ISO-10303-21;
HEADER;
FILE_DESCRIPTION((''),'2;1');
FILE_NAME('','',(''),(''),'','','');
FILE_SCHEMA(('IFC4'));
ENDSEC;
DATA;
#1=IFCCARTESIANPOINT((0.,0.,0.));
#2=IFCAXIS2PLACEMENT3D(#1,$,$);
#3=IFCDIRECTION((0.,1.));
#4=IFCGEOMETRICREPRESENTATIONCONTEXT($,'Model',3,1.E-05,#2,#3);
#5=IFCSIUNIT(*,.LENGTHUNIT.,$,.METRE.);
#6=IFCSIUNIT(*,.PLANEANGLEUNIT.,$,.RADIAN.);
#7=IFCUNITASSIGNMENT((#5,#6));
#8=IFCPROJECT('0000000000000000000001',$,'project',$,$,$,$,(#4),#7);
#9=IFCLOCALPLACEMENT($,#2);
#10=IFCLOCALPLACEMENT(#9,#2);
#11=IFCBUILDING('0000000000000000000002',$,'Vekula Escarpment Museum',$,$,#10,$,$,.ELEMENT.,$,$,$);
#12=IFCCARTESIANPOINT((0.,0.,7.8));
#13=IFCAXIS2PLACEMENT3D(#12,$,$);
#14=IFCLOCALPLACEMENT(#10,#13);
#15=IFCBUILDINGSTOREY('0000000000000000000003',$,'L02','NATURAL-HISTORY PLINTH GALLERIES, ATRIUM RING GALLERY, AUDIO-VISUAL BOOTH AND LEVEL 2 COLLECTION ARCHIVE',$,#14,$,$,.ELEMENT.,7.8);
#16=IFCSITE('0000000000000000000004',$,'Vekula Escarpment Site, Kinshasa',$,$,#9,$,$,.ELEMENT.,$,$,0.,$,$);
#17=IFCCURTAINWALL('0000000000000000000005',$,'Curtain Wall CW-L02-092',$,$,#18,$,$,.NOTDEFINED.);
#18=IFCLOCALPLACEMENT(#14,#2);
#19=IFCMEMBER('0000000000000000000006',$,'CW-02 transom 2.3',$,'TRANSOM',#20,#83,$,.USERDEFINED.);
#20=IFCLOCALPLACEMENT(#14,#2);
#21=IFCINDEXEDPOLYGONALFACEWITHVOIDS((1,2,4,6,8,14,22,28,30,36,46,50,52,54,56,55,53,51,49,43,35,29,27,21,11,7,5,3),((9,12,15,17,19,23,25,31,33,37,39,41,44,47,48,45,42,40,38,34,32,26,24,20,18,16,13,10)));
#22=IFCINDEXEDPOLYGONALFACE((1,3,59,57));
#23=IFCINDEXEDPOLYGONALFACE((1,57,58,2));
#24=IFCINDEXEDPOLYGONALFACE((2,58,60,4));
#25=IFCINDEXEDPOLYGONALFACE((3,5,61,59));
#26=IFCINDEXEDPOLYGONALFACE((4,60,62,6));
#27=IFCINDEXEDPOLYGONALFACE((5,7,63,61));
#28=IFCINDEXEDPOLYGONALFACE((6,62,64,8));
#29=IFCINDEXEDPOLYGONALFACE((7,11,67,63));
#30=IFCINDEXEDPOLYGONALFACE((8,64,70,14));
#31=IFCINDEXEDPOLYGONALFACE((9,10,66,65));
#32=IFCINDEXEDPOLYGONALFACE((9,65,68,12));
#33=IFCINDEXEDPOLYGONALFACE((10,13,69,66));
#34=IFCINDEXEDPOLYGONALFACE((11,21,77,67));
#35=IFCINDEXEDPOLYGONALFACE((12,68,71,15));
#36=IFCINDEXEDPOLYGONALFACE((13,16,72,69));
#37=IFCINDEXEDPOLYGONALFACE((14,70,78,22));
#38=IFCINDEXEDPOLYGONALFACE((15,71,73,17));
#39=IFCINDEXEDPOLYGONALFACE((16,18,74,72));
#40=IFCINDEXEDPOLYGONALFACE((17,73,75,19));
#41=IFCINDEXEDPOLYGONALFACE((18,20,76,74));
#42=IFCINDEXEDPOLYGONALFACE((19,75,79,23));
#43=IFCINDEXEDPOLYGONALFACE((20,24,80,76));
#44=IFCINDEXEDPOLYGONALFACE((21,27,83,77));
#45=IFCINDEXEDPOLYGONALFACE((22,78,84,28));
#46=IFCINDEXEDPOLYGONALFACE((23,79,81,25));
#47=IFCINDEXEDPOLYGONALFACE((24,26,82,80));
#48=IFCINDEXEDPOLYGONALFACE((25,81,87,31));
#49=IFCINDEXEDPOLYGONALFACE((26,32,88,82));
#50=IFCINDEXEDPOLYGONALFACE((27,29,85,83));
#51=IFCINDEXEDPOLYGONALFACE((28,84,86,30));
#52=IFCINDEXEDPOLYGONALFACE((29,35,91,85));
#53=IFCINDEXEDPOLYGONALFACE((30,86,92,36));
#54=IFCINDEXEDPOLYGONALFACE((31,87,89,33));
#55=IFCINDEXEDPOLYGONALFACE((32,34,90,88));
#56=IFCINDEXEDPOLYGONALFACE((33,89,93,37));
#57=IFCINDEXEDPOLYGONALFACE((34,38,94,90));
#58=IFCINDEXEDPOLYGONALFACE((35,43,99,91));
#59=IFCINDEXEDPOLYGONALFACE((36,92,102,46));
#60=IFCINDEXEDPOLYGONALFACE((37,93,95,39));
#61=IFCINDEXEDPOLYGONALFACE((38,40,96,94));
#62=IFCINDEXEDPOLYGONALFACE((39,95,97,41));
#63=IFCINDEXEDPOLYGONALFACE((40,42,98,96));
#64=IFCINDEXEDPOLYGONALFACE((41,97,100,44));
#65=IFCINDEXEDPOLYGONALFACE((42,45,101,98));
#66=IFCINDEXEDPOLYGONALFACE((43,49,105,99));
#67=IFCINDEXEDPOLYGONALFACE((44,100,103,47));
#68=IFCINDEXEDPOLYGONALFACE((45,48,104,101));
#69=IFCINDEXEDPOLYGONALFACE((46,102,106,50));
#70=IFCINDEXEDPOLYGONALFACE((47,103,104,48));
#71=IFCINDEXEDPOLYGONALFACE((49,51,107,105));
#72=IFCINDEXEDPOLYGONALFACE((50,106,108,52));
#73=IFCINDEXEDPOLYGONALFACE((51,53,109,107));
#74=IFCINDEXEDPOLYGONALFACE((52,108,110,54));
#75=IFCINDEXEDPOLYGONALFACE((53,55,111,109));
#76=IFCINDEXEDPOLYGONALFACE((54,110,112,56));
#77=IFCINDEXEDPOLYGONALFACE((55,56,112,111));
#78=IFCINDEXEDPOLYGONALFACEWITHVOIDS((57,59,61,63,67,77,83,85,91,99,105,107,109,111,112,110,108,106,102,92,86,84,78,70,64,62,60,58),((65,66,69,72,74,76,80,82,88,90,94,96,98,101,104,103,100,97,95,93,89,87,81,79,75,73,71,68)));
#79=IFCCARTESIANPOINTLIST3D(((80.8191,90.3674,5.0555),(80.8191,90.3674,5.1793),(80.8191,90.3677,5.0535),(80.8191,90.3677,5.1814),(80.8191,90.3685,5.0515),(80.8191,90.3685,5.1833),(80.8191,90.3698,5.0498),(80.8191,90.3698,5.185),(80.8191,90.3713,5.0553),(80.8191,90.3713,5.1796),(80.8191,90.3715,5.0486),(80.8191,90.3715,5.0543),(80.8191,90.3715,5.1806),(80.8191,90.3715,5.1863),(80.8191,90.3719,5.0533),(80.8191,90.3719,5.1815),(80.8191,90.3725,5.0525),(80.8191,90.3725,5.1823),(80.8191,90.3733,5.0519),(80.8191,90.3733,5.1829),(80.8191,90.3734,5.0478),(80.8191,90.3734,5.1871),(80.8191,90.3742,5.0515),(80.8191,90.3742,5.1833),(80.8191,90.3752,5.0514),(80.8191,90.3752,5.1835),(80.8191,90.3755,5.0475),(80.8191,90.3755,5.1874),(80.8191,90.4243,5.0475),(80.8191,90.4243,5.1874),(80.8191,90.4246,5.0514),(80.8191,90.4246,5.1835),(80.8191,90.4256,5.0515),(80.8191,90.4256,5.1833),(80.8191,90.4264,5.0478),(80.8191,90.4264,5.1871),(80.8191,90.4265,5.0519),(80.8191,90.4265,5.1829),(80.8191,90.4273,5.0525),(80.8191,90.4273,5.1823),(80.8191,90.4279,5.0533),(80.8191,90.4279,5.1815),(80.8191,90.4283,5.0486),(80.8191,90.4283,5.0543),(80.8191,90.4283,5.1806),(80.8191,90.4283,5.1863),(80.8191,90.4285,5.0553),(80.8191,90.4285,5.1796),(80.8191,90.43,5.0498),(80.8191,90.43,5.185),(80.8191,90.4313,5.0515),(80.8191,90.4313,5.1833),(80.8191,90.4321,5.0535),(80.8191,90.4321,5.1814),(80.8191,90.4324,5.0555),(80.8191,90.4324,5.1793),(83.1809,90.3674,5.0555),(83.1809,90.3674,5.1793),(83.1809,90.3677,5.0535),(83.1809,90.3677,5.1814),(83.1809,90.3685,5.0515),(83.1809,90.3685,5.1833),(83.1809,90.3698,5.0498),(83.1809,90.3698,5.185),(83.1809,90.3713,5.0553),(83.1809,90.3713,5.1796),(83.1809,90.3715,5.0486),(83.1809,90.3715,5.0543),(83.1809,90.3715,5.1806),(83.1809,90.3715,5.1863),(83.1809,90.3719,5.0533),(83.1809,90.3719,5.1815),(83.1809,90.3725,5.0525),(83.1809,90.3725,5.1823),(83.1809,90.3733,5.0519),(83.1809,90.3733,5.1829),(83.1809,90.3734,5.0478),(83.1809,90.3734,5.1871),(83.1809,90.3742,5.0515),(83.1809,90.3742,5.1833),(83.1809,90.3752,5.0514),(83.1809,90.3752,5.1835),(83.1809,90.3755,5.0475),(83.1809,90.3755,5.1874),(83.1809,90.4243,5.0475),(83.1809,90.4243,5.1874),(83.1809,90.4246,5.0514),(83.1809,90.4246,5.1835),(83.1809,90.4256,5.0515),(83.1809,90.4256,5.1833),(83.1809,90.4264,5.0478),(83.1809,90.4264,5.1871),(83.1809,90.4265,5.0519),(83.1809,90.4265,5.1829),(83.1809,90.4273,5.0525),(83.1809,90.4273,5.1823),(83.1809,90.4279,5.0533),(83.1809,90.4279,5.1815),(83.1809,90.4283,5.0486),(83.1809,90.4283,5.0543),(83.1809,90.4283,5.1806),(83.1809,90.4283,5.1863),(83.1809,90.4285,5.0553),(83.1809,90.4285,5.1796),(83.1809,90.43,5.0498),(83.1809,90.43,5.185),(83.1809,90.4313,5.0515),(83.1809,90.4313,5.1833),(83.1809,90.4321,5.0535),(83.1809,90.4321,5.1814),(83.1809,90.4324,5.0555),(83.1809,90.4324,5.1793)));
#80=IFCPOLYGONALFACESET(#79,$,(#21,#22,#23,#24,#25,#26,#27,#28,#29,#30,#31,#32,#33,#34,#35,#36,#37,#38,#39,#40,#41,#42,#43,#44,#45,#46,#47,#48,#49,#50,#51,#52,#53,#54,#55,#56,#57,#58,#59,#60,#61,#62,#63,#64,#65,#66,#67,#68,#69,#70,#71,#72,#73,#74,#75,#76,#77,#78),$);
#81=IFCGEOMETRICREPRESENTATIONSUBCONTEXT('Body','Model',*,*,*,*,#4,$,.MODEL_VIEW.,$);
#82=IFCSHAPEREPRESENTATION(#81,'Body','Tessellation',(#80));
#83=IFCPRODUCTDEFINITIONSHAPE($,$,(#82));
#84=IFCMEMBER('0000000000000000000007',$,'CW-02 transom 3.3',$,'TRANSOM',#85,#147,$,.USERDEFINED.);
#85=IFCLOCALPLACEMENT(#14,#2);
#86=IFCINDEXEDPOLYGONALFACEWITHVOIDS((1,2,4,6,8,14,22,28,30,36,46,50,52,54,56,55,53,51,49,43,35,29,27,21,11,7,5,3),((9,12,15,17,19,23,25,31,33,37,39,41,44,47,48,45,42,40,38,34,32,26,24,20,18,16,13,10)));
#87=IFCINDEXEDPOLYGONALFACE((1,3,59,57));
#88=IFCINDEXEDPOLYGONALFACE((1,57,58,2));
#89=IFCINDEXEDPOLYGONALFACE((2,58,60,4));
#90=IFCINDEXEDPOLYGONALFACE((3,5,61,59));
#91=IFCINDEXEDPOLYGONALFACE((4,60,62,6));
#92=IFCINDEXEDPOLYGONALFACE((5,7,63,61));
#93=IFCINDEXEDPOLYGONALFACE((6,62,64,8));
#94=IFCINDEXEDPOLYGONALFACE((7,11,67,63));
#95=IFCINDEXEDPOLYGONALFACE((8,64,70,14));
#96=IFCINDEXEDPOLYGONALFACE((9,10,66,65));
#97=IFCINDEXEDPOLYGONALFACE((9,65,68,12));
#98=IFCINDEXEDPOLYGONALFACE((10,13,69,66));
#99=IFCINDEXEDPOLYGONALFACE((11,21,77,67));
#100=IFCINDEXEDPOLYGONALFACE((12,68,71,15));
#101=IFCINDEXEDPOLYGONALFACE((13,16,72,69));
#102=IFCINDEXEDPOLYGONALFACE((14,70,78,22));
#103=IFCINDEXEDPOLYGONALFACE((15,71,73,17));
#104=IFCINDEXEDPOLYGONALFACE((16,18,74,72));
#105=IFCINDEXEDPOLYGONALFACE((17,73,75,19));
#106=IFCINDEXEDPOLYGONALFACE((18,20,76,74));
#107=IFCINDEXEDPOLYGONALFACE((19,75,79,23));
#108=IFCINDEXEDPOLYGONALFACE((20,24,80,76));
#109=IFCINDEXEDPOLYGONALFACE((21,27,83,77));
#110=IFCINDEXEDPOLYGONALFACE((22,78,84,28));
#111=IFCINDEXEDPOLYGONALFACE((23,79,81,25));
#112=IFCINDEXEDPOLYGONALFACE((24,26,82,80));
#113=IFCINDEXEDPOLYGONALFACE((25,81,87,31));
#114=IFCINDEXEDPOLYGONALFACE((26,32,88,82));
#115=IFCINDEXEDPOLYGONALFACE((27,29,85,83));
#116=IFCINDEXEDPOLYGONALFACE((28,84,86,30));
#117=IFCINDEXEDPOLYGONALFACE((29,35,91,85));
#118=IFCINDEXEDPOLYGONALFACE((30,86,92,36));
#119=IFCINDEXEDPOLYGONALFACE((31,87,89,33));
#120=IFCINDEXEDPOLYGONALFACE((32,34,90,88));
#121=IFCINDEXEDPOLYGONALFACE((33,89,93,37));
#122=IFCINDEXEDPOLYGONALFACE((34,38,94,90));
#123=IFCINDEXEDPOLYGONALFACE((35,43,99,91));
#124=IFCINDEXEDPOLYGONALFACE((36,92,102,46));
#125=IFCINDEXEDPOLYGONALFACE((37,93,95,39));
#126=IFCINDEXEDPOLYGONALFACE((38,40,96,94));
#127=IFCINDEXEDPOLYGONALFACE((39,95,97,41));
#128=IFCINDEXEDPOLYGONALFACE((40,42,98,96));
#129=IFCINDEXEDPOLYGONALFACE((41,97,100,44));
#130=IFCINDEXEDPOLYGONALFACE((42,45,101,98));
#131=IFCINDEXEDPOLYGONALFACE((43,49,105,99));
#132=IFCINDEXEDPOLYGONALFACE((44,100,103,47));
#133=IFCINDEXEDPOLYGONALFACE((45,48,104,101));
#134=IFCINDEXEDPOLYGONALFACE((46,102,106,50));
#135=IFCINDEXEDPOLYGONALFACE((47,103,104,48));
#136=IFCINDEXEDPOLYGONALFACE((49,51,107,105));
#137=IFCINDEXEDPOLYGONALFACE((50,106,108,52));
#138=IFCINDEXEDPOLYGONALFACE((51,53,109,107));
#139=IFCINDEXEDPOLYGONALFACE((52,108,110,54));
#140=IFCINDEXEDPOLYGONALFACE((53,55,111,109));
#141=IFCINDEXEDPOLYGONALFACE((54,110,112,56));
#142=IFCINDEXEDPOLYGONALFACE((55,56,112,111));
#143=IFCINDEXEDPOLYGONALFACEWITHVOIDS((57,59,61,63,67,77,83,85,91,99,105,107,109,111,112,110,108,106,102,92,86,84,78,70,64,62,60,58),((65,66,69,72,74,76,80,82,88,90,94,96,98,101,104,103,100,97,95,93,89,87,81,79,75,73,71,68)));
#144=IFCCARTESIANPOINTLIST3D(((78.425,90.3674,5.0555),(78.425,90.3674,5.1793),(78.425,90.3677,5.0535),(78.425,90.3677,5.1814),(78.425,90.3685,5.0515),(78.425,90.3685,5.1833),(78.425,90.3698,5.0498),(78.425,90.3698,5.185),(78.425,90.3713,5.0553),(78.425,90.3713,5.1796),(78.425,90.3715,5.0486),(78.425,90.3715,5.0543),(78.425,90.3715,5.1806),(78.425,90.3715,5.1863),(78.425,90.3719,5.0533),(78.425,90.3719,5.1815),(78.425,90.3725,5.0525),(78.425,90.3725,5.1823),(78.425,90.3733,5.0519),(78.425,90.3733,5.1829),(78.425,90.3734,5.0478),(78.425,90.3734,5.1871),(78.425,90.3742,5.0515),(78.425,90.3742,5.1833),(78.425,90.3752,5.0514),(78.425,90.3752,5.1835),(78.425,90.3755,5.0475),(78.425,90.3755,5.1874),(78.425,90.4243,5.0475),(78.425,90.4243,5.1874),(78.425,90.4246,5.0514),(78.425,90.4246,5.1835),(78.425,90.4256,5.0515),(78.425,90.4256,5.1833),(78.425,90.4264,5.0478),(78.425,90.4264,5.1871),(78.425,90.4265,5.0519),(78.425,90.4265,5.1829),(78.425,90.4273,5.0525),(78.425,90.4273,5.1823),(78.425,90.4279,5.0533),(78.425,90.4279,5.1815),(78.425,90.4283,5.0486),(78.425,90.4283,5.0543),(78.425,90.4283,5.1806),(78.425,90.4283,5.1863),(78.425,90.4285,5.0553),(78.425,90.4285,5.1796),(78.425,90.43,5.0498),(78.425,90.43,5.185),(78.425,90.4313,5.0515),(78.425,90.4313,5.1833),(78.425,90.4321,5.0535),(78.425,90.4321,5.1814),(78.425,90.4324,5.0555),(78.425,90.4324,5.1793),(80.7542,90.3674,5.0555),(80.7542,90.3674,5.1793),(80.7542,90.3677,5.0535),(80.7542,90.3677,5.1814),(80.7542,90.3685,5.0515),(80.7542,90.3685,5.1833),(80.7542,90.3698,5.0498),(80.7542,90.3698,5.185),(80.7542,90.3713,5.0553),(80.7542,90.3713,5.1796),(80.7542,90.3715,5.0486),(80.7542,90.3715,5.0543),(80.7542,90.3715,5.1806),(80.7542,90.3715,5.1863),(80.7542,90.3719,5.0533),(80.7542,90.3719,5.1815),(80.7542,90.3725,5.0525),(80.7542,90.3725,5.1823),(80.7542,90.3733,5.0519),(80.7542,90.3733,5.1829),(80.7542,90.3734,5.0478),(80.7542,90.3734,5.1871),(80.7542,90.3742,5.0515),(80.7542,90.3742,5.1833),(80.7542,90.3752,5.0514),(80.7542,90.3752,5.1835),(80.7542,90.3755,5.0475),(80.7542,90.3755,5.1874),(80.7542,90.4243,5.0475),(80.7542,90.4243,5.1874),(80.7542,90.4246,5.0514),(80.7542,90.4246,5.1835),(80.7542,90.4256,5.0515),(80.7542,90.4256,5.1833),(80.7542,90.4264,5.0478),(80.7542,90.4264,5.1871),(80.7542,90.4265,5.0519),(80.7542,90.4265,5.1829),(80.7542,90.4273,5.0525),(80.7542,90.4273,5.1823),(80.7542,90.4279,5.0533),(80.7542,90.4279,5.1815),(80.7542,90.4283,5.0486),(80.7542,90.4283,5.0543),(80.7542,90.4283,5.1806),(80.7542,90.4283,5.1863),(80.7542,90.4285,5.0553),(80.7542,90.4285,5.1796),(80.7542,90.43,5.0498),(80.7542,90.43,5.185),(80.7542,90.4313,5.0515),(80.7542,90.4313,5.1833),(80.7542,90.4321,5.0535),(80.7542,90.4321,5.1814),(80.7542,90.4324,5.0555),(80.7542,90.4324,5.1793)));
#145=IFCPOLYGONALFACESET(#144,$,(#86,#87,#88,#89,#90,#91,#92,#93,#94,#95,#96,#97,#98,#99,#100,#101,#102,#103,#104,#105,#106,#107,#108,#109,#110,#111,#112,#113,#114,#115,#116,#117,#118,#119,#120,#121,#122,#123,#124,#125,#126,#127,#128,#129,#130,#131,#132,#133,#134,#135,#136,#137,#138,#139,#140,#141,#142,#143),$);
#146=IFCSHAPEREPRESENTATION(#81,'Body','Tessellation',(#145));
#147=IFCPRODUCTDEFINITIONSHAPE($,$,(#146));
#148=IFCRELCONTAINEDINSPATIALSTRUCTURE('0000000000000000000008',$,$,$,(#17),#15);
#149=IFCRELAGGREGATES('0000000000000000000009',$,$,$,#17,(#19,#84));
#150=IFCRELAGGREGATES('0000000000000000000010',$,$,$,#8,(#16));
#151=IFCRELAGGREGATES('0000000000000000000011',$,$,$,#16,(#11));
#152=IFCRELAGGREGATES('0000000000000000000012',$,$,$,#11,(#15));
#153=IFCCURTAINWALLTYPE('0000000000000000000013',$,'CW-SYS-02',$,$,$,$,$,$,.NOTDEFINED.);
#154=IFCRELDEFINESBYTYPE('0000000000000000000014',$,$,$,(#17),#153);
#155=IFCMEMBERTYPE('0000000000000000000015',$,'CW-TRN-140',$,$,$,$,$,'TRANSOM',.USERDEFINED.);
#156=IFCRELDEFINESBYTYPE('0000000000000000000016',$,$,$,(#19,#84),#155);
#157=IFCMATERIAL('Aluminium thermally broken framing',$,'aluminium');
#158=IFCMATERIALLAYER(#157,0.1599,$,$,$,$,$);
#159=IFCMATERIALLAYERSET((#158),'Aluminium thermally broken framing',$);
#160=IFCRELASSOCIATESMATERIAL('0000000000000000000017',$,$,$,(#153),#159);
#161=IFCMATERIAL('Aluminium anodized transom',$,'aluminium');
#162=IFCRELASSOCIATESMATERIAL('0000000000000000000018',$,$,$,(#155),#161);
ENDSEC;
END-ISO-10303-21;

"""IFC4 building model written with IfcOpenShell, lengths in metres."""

from ifc_helpers import new_model, si_unit, direction, frame, origin, origin_2d, place, context, subcontext, project, spatial, hollow_rectangle, extrude, material, layer, layer_set, material_profile, profile_set, type_object, element, aggregate, save


model = new_model("IFC4")

# Units and contexts
model_context = context("Model", 3, precision=1e-05, world=origin(), true_north=direction((0.0, 1.0)))
body_context = subcontext(model_context, "Body", "Model", "MODEL_VIEW")
ifc_project = project(units=[si_unit("LENGTHUNIT", "METRE"), si_unit("PLANEANGLEUNIT", "RADIAN")], contexts=[model_context])

# Site, building, storey
site_placement = place(None, origin())
site = spatial("IfcSite", under=ifc_project, at=site_placement, Name="Vekula Escarpment Site, Kinshasa", CompositionType="ELEMENT", RefElevation=0.0)
building_placement = place(site_placement, origin())
building = spatial("IfcBuilding", under=site, at=building_placement, Name="Vekula Escarpment Museum", CompositionType="ELEMENT")
storey_placement = place(building_placement, frame((0.0, 0.0, 7.8)))
storey = spatial("IfcBuildingStorey", under=building, at=storey_placement, Name="L02", Description="NATURAL-HISTORY PLINTH GALLERIES, ATRIUM RING GALLERY, AUDIO-VISUAL BOOTH AND LEVEL 2 COLLECTION ARCHIVE", CompositionType="ELEMENT", Elevation=7.8)

# Curtain wall, members
ifc_material_1 = material(Name="Aluminium thermally broken framing", Category="aluminium")
ifc_layer_1 = layer(ifc_material_1, 0.1599)
ifc_layer_set_1 = layer_set([ifc_layer_1], Name="Aluminium thermally broken framing")
curtain_wall_type_1 = type_object("IfcCurtainWallType", Name="CW-SYS-02", PredefinedType="NOTDEFINED", material=ifc_layer_set_1)
curtain_wall_1_placement = place(storey_placement, origin())
curtain_wall_1 = element("IfcCurtainWall", 1, at=curtain_wall_1_placement, inside=storey, type_object=curtain_wall_type_1, Name="Curtain Wall CW-L02-092", PredefinedType="NOTDEFINED")
ifc_material_2 = material(Name="Aluminium anodized transom", Category="aluminium")
ifc_material_profile_1 = material_profile(ifc_material_2, hollow_rectangle(XDim=0.0649, YDim=0.1399, WallThickness=0.0039, InnerFilletRadius=0.0039, OuterFilletRadius=0.0081, at=origin_2d()), Name="ALU 140x65x4")
ifc_profile_set_1 = profile_set([ifc_material_profile_1], Name="Aluminium anodized transom")
member_type_1 = type_object("IfcMemberType", Name="CW-TRN-140", ElementType="TRANSOM", PredefinedType="USERDEFINED", material=ifc_profile_set_1)
member_1_placement = place(storey_placement, frame((83.1809, 90.3999, 5.1174), z_axis=(-1.0, 0.0, 0.0), x_axis=(0.0, -1.0, 0.0)))
member_1 = element("IfcMember", 2, at=member_1_placement, type_object=member_type_1, Name="CW-02 transom 2.3", ObjectType="TRANSOM", PredefinedType="USERDEFINED", context=body_context, shape_type="SweptSolid", body=[
    extrude(hollow_rectangle(XDim=0.0649, YDim=0.1399, WallThickness=0.0039, InnerFilletRadius=0.0039, OuterFilletRadius=0.0081, at=origin_2d()), origin(), (0.0, 0.0, 1.0), 2.3618),
])
member_2_placement = place(storey_placement, frame((80.7542, 90.3999, 5.1174), z_axis=(-1.0, 0.0, 0.0), x_axis=(0.0, -1.0, 0.0)))
member_2 = element("IfcMember", 3, at=member_2_placement, type_object=member_type_1, Name="CW-02 transom 3.3", ObjectType="TRANSOM", PredefinedType="USERDEFINED", context=body_context, shape_type="SweptSolid", body=[
    extrude(hollow_rectangle(XDim=0.0649, YDim=0.1399, WallThickness=0.0039, InnerFilletRadius=0.0039, OuterFilletRadius=0.0081, at=origin_2d()), origin(), (0.0, 0.0, 1.0), 2.3291),
])

aggregate(curtain_wall_1, [member_1, member_2])

save(model, "model.ifc")
